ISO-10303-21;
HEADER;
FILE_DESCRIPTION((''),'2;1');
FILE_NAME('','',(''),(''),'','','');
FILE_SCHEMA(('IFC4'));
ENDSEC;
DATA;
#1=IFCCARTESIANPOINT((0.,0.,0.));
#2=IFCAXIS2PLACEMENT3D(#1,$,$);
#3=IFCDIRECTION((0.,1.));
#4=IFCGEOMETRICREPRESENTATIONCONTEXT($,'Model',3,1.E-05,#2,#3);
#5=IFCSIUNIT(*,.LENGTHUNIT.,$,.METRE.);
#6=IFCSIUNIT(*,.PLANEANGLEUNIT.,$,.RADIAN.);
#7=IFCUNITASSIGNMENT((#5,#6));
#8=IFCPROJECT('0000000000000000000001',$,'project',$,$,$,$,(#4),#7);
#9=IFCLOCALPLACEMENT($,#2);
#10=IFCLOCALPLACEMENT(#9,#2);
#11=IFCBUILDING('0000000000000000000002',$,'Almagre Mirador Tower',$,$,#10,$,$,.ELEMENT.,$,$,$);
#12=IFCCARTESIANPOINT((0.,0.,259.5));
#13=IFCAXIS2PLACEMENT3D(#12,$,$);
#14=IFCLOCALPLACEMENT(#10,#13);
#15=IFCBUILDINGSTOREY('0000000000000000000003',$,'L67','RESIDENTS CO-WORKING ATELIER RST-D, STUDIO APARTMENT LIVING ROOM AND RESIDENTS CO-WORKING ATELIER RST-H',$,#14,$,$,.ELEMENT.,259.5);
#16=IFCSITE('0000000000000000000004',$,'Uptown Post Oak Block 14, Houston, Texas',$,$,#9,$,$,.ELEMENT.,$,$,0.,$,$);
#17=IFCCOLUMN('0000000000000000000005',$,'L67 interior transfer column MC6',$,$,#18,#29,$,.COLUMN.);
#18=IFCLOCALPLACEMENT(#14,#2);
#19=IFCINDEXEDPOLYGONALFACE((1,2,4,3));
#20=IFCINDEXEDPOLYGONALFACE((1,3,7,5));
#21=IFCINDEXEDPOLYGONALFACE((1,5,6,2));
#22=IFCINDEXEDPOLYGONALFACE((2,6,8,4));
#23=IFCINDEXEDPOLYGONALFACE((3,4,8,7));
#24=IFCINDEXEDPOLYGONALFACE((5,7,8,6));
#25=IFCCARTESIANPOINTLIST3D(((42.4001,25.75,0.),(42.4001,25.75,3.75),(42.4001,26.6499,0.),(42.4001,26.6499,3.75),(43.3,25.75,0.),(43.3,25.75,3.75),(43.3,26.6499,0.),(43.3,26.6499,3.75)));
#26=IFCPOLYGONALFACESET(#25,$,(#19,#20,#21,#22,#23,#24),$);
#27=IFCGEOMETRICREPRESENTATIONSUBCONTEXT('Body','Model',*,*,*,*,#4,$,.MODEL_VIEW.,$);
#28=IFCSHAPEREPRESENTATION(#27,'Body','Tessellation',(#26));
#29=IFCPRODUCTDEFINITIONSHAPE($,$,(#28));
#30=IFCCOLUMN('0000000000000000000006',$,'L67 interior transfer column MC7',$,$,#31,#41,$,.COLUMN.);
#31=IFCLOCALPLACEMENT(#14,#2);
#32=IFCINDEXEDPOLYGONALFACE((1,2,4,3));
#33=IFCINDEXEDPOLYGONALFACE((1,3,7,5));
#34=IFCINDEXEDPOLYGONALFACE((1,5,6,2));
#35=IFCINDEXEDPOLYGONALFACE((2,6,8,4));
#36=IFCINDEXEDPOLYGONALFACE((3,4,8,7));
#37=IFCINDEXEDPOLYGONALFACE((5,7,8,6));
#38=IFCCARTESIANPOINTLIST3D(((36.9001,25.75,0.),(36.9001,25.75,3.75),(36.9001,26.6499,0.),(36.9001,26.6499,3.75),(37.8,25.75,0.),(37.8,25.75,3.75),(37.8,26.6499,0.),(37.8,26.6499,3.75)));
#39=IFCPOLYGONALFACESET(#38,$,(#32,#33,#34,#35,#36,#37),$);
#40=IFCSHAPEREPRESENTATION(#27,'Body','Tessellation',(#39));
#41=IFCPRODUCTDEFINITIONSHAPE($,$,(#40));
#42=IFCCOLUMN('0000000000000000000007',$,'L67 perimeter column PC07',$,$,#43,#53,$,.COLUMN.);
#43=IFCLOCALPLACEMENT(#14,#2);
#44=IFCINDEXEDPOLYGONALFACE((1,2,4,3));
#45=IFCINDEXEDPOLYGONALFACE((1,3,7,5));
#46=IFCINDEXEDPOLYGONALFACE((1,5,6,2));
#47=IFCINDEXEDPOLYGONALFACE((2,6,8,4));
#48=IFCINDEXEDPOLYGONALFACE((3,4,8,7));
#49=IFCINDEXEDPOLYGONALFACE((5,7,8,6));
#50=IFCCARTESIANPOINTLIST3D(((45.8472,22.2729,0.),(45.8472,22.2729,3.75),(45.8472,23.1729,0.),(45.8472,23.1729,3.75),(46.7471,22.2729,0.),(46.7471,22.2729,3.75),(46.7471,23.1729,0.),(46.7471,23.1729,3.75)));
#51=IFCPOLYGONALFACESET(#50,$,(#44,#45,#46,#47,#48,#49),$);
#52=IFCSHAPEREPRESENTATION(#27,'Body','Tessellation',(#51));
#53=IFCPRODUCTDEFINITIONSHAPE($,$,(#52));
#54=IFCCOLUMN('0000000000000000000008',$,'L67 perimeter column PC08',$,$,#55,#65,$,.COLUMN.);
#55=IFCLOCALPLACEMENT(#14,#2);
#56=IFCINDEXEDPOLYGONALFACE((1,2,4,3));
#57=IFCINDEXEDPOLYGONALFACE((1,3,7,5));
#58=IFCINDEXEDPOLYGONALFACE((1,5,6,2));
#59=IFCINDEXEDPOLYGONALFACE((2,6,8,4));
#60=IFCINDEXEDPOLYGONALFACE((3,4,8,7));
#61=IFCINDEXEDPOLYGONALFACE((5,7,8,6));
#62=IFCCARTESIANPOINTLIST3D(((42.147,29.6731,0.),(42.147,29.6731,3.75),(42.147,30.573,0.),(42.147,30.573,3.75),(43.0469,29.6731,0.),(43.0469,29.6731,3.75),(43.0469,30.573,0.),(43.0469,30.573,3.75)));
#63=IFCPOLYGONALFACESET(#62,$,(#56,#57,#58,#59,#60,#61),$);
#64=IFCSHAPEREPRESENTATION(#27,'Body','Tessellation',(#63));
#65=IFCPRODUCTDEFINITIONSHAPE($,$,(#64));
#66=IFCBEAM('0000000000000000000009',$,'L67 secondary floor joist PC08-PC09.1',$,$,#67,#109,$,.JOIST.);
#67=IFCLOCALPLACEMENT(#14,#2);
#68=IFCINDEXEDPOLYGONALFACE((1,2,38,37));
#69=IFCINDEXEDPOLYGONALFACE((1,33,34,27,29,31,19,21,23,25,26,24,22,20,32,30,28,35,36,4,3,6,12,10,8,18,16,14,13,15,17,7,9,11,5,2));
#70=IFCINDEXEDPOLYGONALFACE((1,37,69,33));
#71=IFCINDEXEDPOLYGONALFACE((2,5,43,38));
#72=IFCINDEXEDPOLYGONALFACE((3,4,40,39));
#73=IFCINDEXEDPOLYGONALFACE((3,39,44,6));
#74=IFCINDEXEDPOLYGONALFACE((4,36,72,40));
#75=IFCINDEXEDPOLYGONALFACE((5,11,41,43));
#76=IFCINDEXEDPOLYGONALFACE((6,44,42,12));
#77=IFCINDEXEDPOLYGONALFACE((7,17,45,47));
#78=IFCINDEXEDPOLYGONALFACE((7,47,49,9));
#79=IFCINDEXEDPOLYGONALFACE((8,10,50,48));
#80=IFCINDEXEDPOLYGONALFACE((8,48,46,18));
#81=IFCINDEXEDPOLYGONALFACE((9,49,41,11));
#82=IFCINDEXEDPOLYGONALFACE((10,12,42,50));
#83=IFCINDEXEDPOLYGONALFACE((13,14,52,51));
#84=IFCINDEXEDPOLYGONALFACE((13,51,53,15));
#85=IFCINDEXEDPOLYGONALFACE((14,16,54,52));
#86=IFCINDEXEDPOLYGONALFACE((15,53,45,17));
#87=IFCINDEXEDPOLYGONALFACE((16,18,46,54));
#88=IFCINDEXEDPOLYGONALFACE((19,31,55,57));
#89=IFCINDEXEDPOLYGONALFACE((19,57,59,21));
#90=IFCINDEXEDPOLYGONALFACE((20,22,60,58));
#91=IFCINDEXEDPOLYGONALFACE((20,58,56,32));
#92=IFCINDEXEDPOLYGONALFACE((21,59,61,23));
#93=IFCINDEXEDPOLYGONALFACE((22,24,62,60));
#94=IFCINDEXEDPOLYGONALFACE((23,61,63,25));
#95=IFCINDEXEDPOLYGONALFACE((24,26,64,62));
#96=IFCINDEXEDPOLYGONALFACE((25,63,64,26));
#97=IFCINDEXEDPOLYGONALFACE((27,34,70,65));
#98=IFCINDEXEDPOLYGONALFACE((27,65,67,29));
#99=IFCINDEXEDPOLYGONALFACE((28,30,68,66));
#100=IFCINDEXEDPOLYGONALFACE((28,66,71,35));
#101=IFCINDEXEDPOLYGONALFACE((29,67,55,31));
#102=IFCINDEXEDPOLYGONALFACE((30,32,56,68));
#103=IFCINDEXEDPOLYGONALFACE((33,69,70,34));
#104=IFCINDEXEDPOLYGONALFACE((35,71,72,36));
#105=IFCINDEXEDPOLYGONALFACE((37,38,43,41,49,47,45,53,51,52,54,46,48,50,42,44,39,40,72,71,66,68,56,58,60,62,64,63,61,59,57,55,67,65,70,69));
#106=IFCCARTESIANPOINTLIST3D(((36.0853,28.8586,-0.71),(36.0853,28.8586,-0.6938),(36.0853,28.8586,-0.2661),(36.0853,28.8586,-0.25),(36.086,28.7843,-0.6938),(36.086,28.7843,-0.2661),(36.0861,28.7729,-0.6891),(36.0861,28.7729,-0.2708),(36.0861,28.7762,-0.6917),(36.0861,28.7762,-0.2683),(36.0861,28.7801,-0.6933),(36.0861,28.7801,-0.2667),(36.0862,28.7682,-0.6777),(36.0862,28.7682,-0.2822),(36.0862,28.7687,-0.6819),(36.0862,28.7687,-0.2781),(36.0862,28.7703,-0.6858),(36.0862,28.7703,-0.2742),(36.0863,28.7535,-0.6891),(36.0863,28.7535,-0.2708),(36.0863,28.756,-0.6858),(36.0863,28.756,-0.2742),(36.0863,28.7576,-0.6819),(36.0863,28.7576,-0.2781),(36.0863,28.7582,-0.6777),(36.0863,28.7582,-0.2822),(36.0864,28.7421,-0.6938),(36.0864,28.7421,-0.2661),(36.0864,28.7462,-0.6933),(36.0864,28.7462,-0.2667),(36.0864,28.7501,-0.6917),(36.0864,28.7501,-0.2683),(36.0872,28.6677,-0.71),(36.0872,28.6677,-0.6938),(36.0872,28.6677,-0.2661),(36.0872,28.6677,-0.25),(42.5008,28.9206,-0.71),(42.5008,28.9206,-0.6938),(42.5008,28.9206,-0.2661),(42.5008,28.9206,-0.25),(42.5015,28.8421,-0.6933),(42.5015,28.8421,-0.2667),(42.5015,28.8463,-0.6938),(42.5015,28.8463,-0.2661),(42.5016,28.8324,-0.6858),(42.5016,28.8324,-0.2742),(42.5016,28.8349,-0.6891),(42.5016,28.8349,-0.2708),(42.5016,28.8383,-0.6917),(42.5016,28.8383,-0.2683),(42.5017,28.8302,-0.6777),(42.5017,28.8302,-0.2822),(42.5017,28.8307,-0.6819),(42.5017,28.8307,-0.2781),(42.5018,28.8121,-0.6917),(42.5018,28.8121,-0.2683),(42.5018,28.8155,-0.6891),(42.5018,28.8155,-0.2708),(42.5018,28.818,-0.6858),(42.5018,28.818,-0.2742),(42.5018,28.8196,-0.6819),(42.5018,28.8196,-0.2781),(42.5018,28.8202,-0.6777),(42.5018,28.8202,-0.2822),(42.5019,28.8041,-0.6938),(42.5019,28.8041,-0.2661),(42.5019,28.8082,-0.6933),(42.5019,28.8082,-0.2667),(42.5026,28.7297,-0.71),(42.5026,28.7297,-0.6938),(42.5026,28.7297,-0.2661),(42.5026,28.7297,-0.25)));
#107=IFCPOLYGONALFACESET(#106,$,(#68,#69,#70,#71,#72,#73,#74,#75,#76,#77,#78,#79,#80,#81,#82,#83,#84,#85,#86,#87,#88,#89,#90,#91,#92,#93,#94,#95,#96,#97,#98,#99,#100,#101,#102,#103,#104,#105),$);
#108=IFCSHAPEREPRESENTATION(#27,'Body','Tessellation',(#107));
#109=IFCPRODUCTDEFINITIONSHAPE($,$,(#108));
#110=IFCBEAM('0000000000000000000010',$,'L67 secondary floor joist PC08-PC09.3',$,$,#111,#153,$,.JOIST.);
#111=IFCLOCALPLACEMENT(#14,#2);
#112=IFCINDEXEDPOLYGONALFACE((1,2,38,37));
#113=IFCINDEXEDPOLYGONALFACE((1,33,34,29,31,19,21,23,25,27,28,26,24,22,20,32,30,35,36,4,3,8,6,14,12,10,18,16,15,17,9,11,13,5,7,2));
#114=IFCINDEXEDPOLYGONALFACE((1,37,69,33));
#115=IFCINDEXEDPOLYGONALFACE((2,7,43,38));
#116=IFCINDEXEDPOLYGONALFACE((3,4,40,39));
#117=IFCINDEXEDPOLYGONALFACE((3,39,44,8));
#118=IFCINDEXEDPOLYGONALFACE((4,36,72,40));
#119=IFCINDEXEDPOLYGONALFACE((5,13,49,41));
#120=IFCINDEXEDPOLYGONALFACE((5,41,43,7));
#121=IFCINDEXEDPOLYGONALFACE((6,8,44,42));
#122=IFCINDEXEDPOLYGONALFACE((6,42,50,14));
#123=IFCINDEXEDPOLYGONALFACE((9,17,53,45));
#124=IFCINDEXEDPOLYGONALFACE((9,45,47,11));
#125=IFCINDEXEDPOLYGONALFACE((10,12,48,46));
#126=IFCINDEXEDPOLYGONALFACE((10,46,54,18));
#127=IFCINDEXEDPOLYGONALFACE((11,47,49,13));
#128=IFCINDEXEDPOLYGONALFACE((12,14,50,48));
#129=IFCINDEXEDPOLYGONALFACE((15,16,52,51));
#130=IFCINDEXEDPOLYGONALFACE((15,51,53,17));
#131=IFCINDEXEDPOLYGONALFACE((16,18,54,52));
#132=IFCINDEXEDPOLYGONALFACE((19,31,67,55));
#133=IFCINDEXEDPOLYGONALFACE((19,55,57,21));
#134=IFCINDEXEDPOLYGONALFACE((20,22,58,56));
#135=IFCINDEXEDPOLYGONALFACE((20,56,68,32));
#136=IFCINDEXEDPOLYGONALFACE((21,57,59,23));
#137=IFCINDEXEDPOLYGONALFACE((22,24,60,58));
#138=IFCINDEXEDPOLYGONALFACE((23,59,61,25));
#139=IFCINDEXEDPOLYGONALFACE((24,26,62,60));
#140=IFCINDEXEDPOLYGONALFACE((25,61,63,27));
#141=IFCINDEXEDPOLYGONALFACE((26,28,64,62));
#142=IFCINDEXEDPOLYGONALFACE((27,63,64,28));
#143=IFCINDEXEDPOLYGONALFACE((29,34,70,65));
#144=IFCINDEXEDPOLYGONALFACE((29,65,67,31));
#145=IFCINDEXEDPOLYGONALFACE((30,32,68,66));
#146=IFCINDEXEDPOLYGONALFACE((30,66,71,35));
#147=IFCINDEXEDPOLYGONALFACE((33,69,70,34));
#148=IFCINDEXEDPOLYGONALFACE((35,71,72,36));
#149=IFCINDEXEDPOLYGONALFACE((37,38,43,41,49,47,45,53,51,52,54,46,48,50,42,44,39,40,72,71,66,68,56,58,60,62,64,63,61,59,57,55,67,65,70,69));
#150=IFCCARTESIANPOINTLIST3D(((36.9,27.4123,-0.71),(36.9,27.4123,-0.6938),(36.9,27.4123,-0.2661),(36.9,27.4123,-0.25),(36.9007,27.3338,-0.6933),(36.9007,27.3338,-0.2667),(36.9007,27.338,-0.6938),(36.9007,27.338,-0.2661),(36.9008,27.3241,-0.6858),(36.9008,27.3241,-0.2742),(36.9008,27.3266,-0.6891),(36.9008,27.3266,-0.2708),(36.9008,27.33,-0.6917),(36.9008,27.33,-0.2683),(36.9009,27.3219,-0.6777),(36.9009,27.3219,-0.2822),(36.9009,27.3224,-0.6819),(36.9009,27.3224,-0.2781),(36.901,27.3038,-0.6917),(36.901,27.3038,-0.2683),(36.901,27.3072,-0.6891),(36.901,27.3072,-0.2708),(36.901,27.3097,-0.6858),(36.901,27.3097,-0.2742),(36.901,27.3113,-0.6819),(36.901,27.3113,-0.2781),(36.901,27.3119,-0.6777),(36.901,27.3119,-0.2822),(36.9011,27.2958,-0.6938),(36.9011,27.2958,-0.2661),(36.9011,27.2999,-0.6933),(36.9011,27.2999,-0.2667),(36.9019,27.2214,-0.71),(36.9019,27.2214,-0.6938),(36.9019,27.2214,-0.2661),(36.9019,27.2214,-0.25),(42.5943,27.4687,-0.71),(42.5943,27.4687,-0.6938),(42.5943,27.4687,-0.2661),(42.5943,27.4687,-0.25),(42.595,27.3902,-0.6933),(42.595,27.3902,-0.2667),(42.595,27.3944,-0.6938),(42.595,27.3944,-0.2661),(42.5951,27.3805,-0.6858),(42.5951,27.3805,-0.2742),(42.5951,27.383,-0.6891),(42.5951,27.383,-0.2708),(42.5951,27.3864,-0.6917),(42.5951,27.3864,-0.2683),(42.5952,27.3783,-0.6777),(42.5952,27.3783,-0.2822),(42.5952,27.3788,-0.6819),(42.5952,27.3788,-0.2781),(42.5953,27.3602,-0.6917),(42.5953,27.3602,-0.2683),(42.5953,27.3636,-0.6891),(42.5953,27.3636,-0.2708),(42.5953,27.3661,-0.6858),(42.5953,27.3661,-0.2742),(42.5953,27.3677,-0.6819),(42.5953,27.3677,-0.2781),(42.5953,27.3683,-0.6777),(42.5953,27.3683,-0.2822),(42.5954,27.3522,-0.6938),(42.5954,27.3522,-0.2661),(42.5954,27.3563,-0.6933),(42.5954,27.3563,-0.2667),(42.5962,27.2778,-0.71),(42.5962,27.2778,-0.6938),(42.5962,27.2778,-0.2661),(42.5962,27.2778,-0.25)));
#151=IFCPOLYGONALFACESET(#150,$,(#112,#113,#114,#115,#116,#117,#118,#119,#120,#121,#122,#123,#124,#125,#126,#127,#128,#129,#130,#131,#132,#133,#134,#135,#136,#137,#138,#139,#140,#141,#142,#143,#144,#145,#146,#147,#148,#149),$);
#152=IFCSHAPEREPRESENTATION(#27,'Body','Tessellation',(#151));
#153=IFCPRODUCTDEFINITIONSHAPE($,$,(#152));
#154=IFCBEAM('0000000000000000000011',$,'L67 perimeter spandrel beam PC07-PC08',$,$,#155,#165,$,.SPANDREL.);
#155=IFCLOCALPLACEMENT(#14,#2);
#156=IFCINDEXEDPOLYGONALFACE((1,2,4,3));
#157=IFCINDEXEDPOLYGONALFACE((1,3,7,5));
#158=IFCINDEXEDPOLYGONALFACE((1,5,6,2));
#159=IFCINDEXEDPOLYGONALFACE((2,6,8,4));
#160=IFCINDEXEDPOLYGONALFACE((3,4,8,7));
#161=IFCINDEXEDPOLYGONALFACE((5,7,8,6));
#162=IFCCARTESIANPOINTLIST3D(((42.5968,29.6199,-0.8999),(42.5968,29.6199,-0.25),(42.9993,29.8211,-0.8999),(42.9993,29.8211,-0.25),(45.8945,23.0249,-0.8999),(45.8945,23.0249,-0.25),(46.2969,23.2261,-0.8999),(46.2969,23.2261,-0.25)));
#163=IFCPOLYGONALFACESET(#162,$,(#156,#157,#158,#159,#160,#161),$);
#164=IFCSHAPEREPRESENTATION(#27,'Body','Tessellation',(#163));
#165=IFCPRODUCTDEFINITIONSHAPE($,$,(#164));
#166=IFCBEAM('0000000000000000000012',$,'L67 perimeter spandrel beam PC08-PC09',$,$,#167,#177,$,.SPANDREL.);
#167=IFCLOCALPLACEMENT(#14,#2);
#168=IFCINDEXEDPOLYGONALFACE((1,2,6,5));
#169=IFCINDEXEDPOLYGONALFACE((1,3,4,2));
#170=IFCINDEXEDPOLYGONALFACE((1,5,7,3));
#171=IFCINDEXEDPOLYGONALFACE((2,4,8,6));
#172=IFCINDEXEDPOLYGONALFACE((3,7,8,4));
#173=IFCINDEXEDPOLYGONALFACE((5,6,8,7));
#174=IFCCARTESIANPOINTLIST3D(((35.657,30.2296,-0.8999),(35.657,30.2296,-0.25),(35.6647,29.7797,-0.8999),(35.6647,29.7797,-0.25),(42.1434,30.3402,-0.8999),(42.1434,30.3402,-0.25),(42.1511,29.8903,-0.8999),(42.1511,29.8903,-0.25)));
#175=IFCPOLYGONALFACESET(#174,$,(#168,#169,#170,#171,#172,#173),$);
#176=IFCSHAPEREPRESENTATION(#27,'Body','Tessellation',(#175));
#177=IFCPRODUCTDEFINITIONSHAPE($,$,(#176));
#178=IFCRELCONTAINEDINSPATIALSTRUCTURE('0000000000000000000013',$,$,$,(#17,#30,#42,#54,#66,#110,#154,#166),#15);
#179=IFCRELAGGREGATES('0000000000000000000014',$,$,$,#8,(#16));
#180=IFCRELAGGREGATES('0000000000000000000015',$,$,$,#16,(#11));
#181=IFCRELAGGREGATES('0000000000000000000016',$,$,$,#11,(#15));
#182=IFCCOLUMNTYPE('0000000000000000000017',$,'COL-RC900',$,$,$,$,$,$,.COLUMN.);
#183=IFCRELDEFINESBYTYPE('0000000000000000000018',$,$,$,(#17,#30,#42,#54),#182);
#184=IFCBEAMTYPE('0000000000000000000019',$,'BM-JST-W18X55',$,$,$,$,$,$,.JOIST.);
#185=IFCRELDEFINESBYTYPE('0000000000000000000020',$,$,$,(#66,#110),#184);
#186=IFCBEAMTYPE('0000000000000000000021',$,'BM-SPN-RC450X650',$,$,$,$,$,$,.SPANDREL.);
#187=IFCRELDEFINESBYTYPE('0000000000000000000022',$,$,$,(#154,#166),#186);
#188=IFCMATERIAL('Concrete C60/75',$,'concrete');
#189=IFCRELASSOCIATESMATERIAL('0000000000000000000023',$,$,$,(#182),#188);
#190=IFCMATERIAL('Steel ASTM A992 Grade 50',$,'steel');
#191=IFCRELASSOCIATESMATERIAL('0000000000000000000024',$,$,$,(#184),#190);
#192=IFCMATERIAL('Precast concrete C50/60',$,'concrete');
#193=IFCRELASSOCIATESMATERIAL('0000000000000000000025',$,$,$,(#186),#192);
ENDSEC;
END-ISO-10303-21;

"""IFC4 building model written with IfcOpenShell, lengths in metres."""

from ifc_helpers import new_model, si_unit, direction, frame, origin, origin_2d, place, context, subcontext, project, spatial, rectangle, i_section, extrude, material, material_profile, profile_set, type_object, element, save


model = new_model("IFC4")

# Units and contexts
model_context = context("Model", 3, precision=1e-05, world=origin(), true_north=direction((0.0, 1.0)))
body_context = subcontext(model_context, "Body", "Model", "MODEL_VIEW")
ifc_project = project(units=[si_unit("LENGTHUNIT", "METRE"), si_unit("PLANEANGLEUNIT", "RADIAN")], contexts=[model_context])

# Site, building, storey
site_placement = place(None, origin())
site = spatial("IfcSite", under=ifc_project, at=site_placement, Name="Uptown Post Oak Block 14, Houston, Texas", CompositionType="ELEMENT", RefElevation=0.0)
building_placement = place(site_placement, origin())
building = spatial("IfcBuilding", under=site, at=building_placement, Name="Almagre Mirador Tower", CompositionType="ELEMENT")
storey_placement = place(building_placement, frame((0.0, 0.0, 259.5)))
storey = spatial("IfcBuildingStorey", under=building, at=storey_placement, Name="L67", Description="RESIDENTS CO-WORKING ATELIER RST-D, STUDIO APARTMENT LIVING ROOM AND RESIDENTS CO-WORKING ATELIER RST-H", CompositionType="ELEMENT", Elevation=259.5)

# Columns
ifc_material_1 = material(Name="Concrete C60/75", Category="concrete")
ifc_material_profile_1 = material_profile(ifc_material_1, rectangle(XDim=0.8999, YDim=0.8999, at=origin_2d()), Name="RC900X900")
ifc_profile_set_1 = profile_set([ifc_material_profile_1], Name="Concrete C60/75")
column_type = type_object("IfcColumnType", Name="COL-RC900", PredefinedType="COLUMN", material=ifc_profile_set_1)
for number, where, z_axis, x_axis, name in (
    (1, (42.8501, 26.2, 0.0), (0.0, 0.0, 1.0), (1.0, 0.0, 0.0), "L67 interior transfer column MC6"),
    (2, (37.3501, 26.2, 0.0), (0.0, 0.0, 1.0), (1.0, 0.0, 0.0), "L67 interior transfer column MC7"),
    (3, (46.2971, 22.7229, 0.0), (0.0, 0.0, 1.0), (1.0, 0.0, 0.0), "L67 perimeter column PC07"),
    (4, (42.5969, 30.123, 0.0), (0.0, 0.0, 1.0), (1.0, 0.0, 0.0), "L67 perimeter column PC08"),
):
    element("IfcColumn", number, at=place(storey_placement, frame(where, z_axis=z_axis, x_axis=x_axis)), inside=storey, type_object=column_type, Name=name, PredefinedType="COLUMN", context=body_context, shape_type="SweptSolid", body=[
        extrude(rectangle(XDim=0.8999, YDim=0.8999, at=origin_2d()), origin(), (0.0, 0.0, 1.0), 3.75),
    ])

# Beams
ifc_material_2 = material(Name="Steel ASTM A992 Grade 50", Category="steel")
ifc_material_profile_2 = material_profile(ifc_material_2, i_section(OverallWidth=0.1909, OverallDepth=0.46, WebThickness=0.01, FlangeThickness=0.0161, FilletRadius=0.0161, at=origin_2d()), Name="W18X55")
ifc_profile_set_2 = profile_set([ifc_material_profile_2], Name="Steel ASTM A992 Grade 50")
beam_type_1 = type_object("IfcBeamType", Name="BM-JST-W18X55", PredefinedType="JOIST", material=ifc_profile_set_2)
beam_1_placement = place(storey_placement, frame((42.5017, 28.8252, -0.48), z_axis=(-0.999953, -0.009665, 0.0), x_axis=(0.009665, -0.999953, 0.0)))
element("IfcBeam", 5, at=beam_1_placement, inside=storey, type_object=beam_type_1, Name="L67 secondary floor joist PC08-PC09.1", PredefinedType="JOIST", context=body_context, shape_type="SweptSolid", body=[
    extrude(i_section(OverallWidth=0.1909, OverallDepth=0.46, WebThickness=0.01, FlangeThickness=0.0161, FilletRadius=0.0161, at=origin_2d()), origin(), (0.0, 0.0, 1.0), 6.4158),
])
beam_2_placement = place(storey_placement, frame((42.5952, 27.3733, -0.48), z_axis=(-0.999951, -0.009903, 0.0), x_axis=(0.009903, -0.999951, 0.0)))
element("IfcBeam", 6, at=beam_2_placement, inside=storey, type_object=beam_type_1, Name="L67 secondary floor joist PC08-PC09.3", PredefinedType="JOIST", context=body_context, shape_type="SweptSolid", body=[
    extrude(i_section(OverallWidth=0.1909, OverallDepth=0.46, WebThickness=0.01, FlangeThickness=0.0161, FilletRadius=0.0161, at=origin_2d()), origin(), (0.0, 0.0, 1.0), 5.6946),
])
ifc_material_3 = material(Name="Precast concrete C50/60", Category="concrete")
ifc_material_profile_3 = material_profile(ifc_material_3, rectangle(XDim=0.45, YDim=0.6499, at=origin_2d()), Name="RC450X650")
ifc_profile_set_3 = profile_set([ifc_material_profile_3], Name="Precast concrete C50/60")
beam_type_2 = type_object("IfcBeamType", Name="BM-SPN-RC450X650", PredefinedType="SPANDREL", material=ifc_profile_set_3)
beam_3_placement = place(storey_placement, frame((46.0957, 23.1255, -0.575), z_axis=(-0.447227, 0.894421, 0.0), x_axis=(-0.894421, -0.447227, 0.0)))
element("IfcBeam", 7, at=beam_3_placement, inside=storey, type_object=beam_type_2, Name="L67 perimeter spandrel beam PC07-PC08", PredefinedType="SPANDREL", context=body_context, shape_type="SweptSolid", body=[
    extrude(rectangle(XDim=0.45, YDim=0.6499, at=origin_2d()), origin(), (0.0, 0.0, 1.0), 7.3735),
])
beam_4_placement = place(storey_placement, frame((42.1472, 30.1152, -0.575), z_axis=(-0.999855, -0.017048, 0.0), x_axis=(0.017048, -0.999855, 0.0)))
element("IfcBeam", 8, at=beam_4_placement, inside=storey, type_object=beam_type_2, Name="L67 perimeter spandrel beam PC08-PC09", PredefinedType="SPANDREL", context=body_context, shape_type="SweptSolid", body=[
    extrude(rectangle(XDim=0.45, YDim=0.6499, at=origin_2d()), origin(), (0.0, 0.0, 1.0), 6.4873),
])

save(model, "model.ifc")
